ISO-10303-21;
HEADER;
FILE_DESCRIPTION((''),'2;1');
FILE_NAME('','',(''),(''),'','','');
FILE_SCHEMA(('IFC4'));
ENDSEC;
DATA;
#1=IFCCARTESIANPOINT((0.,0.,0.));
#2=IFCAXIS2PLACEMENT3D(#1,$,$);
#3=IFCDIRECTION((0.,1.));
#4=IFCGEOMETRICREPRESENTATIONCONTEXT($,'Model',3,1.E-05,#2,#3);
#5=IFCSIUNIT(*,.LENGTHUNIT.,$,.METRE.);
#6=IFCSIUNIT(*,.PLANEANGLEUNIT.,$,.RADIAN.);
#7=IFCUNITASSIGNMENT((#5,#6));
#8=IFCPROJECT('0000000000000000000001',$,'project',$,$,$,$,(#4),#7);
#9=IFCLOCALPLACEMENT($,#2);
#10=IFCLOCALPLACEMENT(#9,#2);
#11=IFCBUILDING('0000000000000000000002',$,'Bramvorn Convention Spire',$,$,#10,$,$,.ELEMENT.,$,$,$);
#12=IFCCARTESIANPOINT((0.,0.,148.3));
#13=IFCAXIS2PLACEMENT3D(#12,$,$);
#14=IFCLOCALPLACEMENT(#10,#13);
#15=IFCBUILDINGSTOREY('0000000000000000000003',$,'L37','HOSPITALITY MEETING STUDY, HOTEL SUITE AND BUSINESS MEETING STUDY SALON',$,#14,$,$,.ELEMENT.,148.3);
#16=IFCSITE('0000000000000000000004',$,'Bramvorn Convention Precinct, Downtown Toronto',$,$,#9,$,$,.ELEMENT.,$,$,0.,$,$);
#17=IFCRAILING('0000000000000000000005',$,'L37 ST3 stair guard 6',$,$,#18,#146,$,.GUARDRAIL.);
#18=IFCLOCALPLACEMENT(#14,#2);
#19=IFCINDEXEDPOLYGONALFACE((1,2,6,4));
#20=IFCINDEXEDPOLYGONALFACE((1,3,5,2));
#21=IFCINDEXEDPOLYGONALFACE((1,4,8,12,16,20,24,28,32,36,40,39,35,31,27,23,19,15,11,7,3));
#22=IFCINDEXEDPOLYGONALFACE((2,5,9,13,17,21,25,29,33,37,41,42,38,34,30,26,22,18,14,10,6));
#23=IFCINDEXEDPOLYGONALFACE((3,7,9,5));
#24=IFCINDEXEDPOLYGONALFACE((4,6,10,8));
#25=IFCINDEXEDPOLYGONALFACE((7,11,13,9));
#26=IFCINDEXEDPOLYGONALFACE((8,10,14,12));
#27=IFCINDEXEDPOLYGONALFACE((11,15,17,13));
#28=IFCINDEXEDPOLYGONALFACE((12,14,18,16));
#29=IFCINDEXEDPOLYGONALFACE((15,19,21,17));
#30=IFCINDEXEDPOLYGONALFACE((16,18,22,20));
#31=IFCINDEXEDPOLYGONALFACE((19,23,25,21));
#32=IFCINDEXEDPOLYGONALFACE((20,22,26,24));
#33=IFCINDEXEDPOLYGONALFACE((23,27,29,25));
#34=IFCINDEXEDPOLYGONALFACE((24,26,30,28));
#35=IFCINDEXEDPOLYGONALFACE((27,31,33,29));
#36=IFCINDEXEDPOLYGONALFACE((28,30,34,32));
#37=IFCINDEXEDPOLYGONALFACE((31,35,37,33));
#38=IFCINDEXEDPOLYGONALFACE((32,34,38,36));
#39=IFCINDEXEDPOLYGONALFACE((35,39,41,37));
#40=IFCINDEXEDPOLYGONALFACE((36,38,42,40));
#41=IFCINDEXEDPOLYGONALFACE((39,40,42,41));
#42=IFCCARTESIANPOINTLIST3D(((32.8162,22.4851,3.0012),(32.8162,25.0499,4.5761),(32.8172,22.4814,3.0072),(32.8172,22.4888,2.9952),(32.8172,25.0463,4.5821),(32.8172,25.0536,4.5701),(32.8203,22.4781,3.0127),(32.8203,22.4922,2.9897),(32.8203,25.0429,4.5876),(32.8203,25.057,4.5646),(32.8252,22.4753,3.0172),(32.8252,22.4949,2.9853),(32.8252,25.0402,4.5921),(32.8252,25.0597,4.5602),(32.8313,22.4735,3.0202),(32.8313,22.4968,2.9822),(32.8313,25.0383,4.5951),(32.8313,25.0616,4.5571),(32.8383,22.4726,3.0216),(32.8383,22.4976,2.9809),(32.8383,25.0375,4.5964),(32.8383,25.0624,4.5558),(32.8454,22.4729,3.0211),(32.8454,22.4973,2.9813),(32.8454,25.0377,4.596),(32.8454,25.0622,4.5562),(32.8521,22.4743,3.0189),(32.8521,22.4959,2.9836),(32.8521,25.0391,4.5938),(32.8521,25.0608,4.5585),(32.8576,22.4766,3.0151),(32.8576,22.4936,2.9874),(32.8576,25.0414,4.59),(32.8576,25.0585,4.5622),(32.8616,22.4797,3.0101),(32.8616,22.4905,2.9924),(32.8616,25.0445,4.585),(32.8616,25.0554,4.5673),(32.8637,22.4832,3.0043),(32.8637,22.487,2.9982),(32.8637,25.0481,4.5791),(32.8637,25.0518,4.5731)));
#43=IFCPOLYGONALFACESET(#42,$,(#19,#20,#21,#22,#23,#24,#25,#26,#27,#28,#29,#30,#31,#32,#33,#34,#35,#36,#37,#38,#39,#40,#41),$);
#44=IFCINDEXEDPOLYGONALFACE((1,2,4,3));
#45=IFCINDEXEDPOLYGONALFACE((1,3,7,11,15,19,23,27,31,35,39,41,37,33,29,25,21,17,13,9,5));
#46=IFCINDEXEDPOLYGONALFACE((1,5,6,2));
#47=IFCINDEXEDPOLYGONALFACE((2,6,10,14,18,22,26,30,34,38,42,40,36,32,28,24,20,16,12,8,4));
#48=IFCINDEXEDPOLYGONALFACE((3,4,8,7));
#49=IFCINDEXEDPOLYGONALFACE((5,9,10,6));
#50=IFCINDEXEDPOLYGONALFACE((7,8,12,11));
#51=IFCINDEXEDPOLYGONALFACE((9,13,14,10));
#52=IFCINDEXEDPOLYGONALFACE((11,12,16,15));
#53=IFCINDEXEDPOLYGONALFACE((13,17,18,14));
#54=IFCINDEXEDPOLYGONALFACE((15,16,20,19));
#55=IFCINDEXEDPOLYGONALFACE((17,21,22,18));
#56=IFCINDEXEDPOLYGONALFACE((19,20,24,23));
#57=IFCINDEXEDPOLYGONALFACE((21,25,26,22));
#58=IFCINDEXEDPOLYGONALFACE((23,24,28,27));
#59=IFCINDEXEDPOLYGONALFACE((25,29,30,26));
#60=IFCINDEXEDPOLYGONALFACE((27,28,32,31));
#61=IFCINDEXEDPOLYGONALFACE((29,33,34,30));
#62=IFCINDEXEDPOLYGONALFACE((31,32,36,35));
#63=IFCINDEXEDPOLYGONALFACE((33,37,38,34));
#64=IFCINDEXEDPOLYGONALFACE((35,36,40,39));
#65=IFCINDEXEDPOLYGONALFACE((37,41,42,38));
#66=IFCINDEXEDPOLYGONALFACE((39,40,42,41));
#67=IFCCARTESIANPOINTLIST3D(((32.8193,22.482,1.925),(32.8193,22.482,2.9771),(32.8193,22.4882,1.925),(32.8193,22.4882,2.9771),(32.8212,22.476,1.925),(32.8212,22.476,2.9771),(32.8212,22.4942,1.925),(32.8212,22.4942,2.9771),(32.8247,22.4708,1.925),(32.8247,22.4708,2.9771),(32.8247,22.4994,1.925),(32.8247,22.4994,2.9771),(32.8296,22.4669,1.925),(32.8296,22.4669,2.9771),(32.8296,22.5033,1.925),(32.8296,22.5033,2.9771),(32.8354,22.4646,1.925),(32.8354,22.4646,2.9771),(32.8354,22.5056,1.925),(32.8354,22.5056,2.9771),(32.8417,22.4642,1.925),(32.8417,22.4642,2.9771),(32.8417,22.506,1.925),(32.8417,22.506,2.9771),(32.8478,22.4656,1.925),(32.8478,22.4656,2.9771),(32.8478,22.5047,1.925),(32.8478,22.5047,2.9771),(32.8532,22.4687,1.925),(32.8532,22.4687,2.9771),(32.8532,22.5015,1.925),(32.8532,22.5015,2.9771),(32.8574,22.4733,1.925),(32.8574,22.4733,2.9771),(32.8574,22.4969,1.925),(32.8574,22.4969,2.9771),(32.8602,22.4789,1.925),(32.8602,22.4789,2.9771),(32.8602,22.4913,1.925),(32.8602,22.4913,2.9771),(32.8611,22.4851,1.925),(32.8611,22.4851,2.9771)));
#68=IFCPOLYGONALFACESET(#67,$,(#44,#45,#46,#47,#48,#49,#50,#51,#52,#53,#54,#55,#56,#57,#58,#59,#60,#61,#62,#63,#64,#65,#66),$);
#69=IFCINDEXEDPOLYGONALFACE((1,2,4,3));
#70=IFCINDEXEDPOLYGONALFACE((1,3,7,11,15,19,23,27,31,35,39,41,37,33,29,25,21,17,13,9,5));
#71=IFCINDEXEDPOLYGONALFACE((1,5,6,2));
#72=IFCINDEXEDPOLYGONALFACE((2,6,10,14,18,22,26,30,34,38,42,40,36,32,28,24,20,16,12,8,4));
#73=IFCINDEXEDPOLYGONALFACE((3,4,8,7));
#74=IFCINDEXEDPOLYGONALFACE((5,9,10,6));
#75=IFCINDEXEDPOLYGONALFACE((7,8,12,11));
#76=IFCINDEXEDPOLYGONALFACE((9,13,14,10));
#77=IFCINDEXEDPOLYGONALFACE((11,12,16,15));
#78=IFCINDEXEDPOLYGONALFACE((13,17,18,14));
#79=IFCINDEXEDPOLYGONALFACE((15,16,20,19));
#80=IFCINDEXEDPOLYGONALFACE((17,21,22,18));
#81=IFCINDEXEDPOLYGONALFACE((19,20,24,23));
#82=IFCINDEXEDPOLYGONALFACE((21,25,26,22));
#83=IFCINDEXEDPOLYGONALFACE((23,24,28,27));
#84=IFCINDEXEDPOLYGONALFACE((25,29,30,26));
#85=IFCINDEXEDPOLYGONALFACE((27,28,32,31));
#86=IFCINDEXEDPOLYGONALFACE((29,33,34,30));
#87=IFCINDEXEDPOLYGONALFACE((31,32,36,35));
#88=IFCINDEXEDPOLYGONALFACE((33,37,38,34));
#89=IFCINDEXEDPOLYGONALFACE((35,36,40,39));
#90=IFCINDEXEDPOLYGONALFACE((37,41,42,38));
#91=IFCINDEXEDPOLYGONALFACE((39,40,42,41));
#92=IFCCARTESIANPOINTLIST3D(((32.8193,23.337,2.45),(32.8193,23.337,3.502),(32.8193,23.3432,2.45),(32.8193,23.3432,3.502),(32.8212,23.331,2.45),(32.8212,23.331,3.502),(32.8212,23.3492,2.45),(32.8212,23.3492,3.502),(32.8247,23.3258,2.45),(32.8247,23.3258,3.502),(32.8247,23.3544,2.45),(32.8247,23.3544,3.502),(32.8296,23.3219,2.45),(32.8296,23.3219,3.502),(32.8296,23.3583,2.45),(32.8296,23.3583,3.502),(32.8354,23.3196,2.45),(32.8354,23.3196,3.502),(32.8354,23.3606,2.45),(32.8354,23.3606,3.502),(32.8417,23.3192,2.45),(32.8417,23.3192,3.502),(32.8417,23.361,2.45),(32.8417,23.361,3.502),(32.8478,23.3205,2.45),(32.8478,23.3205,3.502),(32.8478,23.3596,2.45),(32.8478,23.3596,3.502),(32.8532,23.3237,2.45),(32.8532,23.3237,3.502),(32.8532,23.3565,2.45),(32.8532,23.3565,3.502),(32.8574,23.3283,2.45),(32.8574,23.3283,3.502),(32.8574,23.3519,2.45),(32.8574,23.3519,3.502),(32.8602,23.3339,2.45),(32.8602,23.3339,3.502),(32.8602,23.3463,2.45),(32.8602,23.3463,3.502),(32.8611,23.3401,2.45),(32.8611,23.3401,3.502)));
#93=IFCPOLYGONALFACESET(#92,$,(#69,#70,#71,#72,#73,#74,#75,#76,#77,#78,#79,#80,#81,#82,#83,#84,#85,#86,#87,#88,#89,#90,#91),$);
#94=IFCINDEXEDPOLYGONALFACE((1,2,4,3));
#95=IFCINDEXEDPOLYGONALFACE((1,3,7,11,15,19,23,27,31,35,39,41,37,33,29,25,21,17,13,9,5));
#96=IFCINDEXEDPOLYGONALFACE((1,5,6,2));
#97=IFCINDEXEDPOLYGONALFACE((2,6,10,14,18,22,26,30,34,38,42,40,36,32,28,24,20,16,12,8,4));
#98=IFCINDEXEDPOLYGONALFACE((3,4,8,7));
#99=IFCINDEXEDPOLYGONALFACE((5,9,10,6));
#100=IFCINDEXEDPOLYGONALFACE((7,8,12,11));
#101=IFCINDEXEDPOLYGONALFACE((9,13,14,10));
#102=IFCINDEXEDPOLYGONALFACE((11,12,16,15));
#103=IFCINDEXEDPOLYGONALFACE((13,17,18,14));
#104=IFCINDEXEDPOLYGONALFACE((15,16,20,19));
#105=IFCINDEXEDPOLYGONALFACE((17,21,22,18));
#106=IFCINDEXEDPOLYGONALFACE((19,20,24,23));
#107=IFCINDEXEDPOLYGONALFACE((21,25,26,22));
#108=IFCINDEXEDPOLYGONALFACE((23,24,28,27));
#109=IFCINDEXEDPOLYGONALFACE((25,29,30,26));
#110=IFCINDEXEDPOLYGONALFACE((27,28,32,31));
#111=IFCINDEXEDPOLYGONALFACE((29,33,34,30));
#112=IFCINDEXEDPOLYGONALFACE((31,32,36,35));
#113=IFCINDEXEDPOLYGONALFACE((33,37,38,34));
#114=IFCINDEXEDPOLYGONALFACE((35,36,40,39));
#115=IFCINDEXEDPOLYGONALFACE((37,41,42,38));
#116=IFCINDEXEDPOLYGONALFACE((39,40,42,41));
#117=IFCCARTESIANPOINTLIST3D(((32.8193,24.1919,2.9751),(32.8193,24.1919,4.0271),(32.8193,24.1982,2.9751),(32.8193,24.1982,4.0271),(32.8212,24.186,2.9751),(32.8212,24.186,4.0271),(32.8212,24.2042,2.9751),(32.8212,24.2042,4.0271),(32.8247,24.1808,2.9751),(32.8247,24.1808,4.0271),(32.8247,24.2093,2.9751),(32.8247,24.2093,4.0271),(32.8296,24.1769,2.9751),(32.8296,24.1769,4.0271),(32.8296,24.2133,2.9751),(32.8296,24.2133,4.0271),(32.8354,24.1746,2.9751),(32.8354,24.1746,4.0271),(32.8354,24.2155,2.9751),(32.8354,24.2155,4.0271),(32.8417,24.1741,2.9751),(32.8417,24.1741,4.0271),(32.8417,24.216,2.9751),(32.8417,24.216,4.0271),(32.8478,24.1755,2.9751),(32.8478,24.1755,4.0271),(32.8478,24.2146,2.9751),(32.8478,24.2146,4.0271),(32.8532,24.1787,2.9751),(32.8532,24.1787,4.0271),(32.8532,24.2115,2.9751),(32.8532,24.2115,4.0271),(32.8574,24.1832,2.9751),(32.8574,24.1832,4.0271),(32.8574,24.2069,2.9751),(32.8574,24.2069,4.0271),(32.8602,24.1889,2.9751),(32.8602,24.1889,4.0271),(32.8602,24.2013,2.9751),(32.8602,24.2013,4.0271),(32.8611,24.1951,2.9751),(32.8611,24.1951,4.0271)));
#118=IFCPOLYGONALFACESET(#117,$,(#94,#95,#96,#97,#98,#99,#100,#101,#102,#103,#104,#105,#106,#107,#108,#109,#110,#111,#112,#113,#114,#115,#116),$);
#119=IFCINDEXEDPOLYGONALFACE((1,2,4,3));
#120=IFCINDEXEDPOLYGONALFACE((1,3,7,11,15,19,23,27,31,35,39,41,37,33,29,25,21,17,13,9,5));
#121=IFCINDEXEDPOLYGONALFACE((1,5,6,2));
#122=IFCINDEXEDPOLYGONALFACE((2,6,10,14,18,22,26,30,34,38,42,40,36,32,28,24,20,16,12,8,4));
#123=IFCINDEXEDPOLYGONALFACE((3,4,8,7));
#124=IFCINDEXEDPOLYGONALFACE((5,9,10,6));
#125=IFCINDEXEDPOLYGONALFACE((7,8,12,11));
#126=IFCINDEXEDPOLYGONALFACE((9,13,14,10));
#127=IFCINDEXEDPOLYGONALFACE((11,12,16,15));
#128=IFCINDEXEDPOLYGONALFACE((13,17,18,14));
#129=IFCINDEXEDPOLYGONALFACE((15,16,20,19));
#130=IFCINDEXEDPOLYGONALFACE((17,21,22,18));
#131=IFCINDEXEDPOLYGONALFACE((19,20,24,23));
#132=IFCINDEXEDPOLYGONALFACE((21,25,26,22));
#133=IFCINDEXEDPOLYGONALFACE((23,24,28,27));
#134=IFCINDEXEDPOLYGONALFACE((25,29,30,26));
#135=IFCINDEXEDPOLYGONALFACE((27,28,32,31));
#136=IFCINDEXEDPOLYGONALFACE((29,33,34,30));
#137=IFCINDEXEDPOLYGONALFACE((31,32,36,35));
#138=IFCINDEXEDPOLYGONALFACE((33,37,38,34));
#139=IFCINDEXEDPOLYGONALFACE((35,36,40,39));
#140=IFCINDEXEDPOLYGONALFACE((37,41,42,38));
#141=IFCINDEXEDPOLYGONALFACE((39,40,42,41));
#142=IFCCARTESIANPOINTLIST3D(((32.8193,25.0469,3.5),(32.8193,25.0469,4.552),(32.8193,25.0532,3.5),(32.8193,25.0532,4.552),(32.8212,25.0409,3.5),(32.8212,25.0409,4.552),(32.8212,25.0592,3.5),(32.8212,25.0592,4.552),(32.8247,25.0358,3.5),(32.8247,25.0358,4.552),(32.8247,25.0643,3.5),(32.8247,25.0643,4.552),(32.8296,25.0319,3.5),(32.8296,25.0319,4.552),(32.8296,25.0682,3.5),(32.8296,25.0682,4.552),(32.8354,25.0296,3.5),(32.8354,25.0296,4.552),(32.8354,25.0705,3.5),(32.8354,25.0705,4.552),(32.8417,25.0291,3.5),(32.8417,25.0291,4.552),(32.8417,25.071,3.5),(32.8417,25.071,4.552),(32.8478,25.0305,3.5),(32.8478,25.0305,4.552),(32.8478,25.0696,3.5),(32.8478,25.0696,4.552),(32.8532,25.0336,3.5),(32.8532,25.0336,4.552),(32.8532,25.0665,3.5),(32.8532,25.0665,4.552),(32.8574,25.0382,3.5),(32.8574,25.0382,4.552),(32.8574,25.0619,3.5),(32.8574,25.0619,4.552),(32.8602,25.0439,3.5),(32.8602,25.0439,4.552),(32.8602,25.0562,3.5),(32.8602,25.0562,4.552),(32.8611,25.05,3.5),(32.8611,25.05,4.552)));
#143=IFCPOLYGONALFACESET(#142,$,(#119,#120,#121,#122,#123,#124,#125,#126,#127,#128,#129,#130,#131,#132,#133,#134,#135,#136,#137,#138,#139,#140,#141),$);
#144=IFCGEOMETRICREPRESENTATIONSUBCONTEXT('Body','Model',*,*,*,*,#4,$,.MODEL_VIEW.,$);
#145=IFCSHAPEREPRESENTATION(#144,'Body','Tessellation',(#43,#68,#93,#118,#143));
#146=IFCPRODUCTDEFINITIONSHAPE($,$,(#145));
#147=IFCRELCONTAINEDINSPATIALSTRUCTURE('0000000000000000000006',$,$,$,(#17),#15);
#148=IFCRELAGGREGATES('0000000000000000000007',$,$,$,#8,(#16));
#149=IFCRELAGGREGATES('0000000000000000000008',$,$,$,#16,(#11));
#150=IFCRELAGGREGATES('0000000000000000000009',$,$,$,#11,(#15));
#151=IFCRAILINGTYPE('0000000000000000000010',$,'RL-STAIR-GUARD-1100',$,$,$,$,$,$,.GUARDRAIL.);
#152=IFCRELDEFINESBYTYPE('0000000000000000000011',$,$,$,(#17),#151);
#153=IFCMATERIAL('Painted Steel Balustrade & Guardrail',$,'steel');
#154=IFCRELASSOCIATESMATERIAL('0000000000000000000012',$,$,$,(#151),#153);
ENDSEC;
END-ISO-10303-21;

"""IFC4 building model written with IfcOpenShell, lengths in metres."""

from ifc_helpers import new_model, si_unit, direction, frame, origin, origin_2d, place, context, subcontext, project, spatial, circle, extrude, material, type_object, element, save


model = new_model("IFC4")

# Units and contexts
model_context = context("Model", 3, precision=1e-05, world=origin(), true_north=direction((0.0, 1.0)))
body_context = subcontext(model_context, "Body", "Model", "MODEL_VIEW")
ifc_project = project(units=[si_unit("LENGTHUNIT", "METRE"), si_unit("PLANEANGLEUNIT", "RADIAN")], contexts=[model_context])

# Site, building, storey
site_placement = place(None, origin())
site = spatial("IfcSite", under=ifc_project, at=site_placement, Name="Bramvorn Convention Precinct, Downtown Toronto", CompositionType="ELEMENT", RefElevation=0.0)
building_placement = place(site_placement, origin())
building = spatial("IfcBuilding", under=site, at=building_placement, Name="Bramvorn Convention Spire", CompositionType="ELEMENT")
storey_placement = place(building_placement, frame((0.0, 0.0, 148.3)))
storey = spatial("IfcBuildingStorey", under=building, at=storey_placement, Name="L37", Description="HOSPITALITY MEETING STUDY, HOTEL SUITE AND BUSINESS MEETING STUDY SALON", CompositionType="ELEMENT", Elevation=148.3)

# Railing
ifc_material_1 = material(Name="Painted Steel Balustrade & Guardrail", Category="steel")
railing_type_1 = type_object("IfcRailingType", Name="RL-STAIR-GUARD-1100", PredefinedType="GUARDRAIL", material=ifc_material_1)
railing_1_placement = place(storey_placement, frame((32.8401, 22.4851, 1.925)))
element("IfcRailing", 1, at=railing_1_placement, inside=storey, type_object=railing_type_1, Name="L37 ST3 stair guard 6", PredefinedType="GUARDRAIL", context=body_context, shape_type="SweptSolid", body=[
    extrude(circle(Radius=0.0239, at=origin_2d()), frame((0.0, 0.0, 1.0762), z_axis=(0.0, 0.852173, 0.52326), x_axis=(-1.0, 0.0, 0.0)), (0.0, 0.0, 1.0), 3.0098),
    extrude(circle(Radius=0.021, at=origin_2d()), origin(), (0.0, 0.0, 1.0), 1.052),
    extrude(circle(Radius=0.021, at=origin_2d()), frame((0.0, 0.855, 0.5249)), (0.0, 0.0, 1.0), 1.052),
    extrude(circle(Radius=0.021, at=origin_2d()), frame((0.0, 1.71, 1.05)), (0.0, 0.0, 1.0), 1.052),
    extrude(circle(Radius=0.021, at=origin_2d()), frame((0.0, 2.5649, 1.575)), (0.0, 0.0, 1.0), 1.052),
])

save(model, "model.ifc")
